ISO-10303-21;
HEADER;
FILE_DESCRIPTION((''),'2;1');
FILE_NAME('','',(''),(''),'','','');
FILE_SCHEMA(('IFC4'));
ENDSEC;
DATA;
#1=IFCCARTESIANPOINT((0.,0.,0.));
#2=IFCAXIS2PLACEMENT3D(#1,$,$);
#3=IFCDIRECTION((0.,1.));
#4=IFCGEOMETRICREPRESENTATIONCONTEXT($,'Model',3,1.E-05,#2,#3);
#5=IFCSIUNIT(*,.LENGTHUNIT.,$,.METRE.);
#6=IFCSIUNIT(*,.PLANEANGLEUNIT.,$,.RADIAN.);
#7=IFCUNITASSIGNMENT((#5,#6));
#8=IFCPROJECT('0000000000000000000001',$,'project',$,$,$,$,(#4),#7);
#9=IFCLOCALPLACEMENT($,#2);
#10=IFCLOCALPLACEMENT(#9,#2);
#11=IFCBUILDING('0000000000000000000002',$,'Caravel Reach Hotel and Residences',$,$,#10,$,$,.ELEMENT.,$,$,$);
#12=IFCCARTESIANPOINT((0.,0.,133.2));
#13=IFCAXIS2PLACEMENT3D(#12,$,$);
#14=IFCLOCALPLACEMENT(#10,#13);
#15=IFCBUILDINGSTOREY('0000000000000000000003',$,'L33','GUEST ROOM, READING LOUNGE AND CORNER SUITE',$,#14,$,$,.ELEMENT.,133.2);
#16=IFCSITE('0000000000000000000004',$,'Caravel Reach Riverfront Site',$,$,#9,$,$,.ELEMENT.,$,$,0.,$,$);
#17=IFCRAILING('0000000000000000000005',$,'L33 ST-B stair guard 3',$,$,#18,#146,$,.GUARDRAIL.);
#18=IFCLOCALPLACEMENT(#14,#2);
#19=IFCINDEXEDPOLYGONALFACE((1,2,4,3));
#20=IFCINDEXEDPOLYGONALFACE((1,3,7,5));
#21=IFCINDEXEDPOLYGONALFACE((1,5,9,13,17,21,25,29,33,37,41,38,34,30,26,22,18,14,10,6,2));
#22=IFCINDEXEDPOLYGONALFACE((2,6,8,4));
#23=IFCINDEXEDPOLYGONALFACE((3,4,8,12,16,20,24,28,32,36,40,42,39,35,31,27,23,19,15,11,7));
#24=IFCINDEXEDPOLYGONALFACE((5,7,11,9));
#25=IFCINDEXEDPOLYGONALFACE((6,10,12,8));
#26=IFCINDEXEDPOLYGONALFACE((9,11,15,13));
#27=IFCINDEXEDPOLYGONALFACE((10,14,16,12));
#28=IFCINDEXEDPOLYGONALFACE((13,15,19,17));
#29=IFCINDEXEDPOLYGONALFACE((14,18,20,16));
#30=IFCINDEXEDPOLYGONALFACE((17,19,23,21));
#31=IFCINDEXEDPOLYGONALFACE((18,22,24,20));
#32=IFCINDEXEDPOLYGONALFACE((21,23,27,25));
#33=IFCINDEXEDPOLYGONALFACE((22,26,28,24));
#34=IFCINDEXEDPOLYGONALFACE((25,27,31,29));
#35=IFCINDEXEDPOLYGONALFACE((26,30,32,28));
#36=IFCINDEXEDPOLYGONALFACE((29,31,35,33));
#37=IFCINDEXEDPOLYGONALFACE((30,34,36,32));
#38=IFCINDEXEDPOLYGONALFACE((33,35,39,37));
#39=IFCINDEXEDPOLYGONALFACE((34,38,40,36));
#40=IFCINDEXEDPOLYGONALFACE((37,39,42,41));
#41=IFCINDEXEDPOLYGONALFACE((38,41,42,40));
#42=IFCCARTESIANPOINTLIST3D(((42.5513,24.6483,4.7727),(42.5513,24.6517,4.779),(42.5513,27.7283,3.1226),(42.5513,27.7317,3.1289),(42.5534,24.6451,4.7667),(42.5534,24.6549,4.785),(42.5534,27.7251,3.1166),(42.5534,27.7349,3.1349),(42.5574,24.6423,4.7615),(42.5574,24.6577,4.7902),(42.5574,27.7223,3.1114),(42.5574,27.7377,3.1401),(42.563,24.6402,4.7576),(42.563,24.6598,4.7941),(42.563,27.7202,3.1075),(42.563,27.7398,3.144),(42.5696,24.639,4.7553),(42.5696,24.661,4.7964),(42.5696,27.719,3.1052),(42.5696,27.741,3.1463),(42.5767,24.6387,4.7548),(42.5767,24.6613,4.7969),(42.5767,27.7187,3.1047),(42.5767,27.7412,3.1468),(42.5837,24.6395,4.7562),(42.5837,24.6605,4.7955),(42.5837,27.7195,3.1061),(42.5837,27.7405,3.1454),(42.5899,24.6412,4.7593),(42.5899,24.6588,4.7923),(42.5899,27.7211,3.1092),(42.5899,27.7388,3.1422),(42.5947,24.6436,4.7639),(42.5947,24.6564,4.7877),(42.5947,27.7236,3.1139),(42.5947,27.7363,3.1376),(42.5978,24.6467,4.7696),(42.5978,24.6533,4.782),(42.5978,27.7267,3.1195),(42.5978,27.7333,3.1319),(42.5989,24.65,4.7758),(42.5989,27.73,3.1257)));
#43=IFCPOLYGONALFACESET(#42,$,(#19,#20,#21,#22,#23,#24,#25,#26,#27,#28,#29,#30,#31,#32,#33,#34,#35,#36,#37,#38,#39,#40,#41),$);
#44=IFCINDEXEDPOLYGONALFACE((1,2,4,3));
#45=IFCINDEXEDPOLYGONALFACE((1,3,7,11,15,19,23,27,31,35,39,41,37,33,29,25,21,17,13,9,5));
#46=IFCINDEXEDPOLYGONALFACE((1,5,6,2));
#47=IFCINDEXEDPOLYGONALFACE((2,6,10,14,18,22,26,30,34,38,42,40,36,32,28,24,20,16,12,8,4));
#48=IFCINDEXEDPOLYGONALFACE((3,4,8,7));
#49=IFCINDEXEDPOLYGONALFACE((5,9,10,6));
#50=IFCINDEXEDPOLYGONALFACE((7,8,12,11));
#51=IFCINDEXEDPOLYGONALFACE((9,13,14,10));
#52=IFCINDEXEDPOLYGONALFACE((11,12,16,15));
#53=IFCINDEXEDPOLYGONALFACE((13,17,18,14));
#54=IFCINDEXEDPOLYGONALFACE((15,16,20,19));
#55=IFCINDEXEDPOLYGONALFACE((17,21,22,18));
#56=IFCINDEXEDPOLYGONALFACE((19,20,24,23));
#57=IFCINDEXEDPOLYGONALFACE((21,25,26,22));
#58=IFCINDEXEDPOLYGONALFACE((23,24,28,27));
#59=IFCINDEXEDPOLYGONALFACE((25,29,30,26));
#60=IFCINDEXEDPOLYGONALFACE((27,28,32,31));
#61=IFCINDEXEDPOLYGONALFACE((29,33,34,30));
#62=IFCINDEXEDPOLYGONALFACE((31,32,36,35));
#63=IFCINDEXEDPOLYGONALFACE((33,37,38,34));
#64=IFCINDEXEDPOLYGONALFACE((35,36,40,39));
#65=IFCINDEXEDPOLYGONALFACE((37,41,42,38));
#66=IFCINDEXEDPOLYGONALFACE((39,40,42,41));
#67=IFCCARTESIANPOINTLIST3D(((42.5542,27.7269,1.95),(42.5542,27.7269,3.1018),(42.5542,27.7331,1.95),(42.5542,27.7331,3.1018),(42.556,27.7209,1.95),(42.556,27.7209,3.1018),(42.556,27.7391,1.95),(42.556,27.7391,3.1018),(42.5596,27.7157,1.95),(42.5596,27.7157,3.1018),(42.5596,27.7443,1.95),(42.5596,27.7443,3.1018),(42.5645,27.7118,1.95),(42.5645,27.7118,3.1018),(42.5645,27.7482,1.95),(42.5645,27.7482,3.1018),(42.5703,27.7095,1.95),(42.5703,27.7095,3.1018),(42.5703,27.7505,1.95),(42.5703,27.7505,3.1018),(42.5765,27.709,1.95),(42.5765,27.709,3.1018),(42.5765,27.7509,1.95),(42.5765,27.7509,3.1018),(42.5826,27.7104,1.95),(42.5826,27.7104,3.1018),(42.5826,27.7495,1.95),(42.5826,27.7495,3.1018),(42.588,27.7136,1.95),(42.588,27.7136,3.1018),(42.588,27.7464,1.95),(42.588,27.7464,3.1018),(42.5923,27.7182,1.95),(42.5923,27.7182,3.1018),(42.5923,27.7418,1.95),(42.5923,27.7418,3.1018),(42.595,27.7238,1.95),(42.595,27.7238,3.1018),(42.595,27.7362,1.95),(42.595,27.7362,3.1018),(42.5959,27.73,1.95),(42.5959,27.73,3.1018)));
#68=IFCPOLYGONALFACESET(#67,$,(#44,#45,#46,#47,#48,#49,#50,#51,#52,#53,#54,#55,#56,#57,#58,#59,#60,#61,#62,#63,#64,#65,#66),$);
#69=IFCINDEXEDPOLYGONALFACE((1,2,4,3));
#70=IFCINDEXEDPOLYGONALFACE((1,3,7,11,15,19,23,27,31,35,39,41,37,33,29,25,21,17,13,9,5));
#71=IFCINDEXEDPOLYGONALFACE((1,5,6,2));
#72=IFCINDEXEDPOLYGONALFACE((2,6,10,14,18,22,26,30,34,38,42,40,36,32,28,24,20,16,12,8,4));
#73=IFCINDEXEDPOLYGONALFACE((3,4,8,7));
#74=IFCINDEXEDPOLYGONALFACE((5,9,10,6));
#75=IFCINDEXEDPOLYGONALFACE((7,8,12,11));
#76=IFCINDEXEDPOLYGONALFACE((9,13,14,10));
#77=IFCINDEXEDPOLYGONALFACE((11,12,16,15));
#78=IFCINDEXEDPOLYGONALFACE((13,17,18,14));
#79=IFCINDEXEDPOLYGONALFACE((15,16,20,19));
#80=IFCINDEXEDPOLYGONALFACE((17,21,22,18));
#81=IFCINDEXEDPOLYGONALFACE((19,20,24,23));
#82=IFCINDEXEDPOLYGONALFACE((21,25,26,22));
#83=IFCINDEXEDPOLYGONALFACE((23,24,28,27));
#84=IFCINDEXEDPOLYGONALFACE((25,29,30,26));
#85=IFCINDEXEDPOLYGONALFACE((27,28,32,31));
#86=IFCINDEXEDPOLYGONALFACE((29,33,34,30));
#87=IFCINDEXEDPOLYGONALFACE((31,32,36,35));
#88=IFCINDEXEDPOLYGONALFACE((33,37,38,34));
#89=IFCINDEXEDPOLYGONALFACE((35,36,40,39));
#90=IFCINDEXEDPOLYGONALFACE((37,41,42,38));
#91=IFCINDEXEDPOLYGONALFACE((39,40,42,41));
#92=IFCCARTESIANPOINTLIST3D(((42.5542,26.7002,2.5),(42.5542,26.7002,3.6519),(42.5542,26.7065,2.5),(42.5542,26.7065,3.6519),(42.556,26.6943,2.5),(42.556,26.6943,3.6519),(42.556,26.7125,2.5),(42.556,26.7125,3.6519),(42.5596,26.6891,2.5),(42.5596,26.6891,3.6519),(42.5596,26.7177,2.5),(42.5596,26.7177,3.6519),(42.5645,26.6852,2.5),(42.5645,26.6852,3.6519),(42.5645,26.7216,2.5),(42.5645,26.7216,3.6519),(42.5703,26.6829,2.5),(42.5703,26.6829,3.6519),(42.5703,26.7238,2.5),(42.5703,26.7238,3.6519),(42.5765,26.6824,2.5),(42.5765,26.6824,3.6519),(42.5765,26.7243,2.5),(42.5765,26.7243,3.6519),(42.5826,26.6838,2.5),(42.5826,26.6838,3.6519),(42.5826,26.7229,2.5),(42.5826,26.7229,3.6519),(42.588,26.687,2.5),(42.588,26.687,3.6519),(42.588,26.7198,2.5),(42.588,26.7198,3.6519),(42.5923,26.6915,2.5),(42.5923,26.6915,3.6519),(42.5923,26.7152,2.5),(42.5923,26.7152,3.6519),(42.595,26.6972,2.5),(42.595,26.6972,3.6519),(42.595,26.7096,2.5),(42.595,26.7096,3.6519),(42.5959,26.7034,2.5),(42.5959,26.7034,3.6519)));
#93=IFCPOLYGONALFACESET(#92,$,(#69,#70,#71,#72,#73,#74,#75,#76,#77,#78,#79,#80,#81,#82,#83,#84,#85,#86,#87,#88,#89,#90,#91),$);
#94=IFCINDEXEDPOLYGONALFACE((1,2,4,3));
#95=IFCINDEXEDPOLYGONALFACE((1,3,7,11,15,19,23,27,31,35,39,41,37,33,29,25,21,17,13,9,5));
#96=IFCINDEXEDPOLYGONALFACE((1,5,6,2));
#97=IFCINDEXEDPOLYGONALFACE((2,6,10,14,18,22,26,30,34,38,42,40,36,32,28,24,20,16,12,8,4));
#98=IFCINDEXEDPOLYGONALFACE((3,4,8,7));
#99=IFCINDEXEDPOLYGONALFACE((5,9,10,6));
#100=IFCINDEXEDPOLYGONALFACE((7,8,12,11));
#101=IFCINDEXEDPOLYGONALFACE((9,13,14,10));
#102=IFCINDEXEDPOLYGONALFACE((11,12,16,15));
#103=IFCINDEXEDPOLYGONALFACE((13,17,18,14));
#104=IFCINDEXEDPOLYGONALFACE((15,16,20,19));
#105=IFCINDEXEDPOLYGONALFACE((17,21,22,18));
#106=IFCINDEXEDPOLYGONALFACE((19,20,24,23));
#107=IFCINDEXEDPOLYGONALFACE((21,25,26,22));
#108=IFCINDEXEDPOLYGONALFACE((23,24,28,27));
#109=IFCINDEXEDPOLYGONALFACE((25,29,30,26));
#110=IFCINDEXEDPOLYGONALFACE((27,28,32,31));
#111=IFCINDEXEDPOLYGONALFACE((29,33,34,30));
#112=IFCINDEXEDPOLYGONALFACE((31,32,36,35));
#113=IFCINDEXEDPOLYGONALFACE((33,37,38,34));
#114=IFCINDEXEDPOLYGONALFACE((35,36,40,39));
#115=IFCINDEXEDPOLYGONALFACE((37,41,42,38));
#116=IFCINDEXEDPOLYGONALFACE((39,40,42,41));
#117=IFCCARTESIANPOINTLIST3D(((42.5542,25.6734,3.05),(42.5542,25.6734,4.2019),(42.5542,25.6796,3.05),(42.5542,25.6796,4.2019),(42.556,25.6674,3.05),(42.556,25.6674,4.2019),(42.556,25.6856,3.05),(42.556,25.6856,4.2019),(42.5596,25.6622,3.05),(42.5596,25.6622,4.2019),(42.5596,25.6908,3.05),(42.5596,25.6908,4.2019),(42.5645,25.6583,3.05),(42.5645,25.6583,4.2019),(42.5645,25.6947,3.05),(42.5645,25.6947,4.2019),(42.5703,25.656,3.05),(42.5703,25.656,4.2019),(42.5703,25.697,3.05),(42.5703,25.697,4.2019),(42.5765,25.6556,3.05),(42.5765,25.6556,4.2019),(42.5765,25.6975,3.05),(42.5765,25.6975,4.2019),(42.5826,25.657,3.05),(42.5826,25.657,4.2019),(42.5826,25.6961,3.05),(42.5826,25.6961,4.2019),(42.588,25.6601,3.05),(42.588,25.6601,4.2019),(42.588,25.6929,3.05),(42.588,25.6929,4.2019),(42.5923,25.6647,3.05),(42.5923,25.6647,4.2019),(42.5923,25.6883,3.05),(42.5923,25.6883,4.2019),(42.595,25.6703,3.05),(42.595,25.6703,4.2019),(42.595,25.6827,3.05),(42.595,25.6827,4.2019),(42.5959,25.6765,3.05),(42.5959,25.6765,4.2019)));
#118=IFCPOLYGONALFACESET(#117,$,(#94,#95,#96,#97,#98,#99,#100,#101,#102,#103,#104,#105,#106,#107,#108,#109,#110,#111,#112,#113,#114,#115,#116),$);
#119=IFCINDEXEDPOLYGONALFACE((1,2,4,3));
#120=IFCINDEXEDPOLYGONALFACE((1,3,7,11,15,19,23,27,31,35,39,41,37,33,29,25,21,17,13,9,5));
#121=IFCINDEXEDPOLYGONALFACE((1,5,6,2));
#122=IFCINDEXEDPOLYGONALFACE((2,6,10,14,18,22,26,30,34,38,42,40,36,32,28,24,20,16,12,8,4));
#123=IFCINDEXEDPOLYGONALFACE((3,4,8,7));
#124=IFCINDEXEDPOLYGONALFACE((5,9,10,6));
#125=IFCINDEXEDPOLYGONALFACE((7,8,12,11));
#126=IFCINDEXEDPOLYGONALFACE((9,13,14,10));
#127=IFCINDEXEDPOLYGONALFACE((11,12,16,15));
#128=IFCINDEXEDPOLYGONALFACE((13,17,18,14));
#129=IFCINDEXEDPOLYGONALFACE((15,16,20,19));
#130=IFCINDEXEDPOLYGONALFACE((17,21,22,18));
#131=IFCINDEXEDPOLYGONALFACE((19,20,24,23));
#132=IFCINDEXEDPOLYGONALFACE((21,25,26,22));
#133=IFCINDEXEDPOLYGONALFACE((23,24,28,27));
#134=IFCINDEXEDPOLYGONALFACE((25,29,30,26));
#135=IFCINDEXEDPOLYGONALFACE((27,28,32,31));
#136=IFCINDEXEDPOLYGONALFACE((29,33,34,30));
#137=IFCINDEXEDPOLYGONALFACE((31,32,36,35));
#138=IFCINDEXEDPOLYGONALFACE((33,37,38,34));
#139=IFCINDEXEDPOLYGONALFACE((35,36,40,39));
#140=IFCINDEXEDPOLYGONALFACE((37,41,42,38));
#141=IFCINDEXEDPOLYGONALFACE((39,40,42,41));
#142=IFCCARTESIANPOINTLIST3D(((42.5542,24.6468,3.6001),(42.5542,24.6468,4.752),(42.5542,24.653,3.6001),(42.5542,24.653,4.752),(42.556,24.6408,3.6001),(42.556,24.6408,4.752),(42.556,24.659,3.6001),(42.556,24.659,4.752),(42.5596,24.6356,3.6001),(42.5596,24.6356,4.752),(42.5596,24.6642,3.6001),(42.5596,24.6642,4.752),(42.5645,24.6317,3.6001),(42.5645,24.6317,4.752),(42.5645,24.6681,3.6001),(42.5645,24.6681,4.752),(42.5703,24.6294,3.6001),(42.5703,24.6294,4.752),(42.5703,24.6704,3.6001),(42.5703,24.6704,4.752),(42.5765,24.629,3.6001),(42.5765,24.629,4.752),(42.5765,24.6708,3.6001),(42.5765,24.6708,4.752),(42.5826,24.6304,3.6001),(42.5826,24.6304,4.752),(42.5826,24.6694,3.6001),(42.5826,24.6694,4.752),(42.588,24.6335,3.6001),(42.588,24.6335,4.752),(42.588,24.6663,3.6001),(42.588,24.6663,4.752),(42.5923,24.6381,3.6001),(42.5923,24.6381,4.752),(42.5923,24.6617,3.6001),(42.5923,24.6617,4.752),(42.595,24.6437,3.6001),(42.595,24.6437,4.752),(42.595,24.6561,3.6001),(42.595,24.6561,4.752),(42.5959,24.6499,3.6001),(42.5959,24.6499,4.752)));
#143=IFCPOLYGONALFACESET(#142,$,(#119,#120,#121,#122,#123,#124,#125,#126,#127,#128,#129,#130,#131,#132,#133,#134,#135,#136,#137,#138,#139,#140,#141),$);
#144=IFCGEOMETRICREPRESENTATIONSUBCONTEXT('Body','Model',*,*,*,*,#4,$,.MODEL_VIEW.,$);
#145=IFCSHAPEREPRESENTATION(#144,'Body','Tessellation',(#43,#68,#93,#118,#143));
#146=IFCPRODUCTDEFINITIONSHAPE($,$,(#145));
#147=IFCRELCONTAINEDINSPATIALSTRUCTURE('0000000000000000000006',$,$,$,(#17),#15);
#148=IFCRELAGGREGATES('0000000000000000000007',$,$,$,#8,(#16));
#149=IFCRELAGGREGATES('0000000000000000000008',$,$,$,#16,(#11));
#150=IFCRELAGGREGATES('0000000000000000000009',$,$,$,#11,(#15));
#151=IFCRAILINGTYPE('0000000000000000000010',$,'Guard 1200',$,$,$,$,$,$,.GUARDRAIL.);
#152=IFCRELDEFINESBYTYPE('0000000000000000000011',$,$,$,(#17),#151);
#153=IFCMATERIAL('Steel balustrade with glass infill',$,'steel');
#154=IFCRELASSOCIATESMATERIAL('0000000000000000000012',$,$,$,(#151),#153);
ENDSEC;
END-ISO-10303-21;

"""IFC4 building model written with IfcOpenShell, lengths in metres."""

from ifc_helpers import new_model, si_unit, direction, frame, origin, origin_2d, place, context, subcontext, project, spatial, circle, extrude, material, type_object, element, save


model = new_model("IFC4")

# Units and contexts
model_context = context("Model", 3, precision=1e-05, world=origin(), true_north=direction((0.0, 1.0)))
body_context = subcontext(model_context, "Body", "Model", "MODEL_VIEW")
ifc_project = project(units=[si_unit("LENGTHUNIT", "METRE"), si_unit("PLANEANGLEUNIT", "RADIAN")], contexts=[model_context])

# Site, building, storey
site_placement = place(None, origin())
site = spatial("IfcSite", under=ifc_project, at=site_placement, Name="Caravel Reach Riverfront Site", CompositionType="ELEMENT", RefElevation=0.0)
building_placement = place(site_placement, origin())
building = spatial("IfcBuilding", under=site, at=building_placement, Name="Caravel Reach Hotel and Residences", CompositionType="ELEMENT")
storey_placement = place(building_placement, frame((0.0, 0.0, 133.2)))
storey = spatial("IfcBuildingStorey", under=building, at=storey_placement, Name="L33", Description="GUEST ROOM, READING LOUNGE AND CORNER SUITE", CompositionType="ELEMENT", Elevation=133.2)

# Railing
ifc_material_1 = material(Name="Steel balustrade with glass infill", Category="steel")
railing_type_1 = type_object("IfcRailingType", Name="Guard 1200", PredefinedType="GUARDRAIL", material=ifc_material_1)
railing_1_placement = place(storey_placement, frame((42.575, 27.73, 1.95)))
element("IfcRailing", 1, at=railing_1_placement, inside=storey, type_object=railing_type_1, Name="L33 ST-B stair guard 3", PredefinedType="GUARDRAIL", context=body_context, shape_type="SweptSolid", body=[
    extrude(circle(Radius=0.0239, at=origin_2d()), frame((0.0, 0.0, 1.1758), z_axis=(0.0, -0.881468, 0.472245), x_axis=(1.0, 0.0, 0.0)), (0.0, 0.0, 1.0), 3.4941),
    extrude(circle(Radius=0.021, at=origin_2d()), origin(), (0.0, 0.0, 1.0), 1.1519),
    extrude(circle(Radius=0.021, at=origin_2d()), frame((0.0, -1.0266, 0.55)), (0.0, 0.0, 1.0), 1.1519),
    extrude(circle(Radius=0.021, at=origin_2d()), frame((0.0, -2.0535, 1.1001)), (0.0, 0.0, 1.0), 1.1519),
    extrude(circle(Radius=0.021, at=origin_2d()), frame((0.0, -3.0801, 1.6501)), (0.0, 0.0, 1.0), 1.1519),
])

save(model, "model.ifc")
